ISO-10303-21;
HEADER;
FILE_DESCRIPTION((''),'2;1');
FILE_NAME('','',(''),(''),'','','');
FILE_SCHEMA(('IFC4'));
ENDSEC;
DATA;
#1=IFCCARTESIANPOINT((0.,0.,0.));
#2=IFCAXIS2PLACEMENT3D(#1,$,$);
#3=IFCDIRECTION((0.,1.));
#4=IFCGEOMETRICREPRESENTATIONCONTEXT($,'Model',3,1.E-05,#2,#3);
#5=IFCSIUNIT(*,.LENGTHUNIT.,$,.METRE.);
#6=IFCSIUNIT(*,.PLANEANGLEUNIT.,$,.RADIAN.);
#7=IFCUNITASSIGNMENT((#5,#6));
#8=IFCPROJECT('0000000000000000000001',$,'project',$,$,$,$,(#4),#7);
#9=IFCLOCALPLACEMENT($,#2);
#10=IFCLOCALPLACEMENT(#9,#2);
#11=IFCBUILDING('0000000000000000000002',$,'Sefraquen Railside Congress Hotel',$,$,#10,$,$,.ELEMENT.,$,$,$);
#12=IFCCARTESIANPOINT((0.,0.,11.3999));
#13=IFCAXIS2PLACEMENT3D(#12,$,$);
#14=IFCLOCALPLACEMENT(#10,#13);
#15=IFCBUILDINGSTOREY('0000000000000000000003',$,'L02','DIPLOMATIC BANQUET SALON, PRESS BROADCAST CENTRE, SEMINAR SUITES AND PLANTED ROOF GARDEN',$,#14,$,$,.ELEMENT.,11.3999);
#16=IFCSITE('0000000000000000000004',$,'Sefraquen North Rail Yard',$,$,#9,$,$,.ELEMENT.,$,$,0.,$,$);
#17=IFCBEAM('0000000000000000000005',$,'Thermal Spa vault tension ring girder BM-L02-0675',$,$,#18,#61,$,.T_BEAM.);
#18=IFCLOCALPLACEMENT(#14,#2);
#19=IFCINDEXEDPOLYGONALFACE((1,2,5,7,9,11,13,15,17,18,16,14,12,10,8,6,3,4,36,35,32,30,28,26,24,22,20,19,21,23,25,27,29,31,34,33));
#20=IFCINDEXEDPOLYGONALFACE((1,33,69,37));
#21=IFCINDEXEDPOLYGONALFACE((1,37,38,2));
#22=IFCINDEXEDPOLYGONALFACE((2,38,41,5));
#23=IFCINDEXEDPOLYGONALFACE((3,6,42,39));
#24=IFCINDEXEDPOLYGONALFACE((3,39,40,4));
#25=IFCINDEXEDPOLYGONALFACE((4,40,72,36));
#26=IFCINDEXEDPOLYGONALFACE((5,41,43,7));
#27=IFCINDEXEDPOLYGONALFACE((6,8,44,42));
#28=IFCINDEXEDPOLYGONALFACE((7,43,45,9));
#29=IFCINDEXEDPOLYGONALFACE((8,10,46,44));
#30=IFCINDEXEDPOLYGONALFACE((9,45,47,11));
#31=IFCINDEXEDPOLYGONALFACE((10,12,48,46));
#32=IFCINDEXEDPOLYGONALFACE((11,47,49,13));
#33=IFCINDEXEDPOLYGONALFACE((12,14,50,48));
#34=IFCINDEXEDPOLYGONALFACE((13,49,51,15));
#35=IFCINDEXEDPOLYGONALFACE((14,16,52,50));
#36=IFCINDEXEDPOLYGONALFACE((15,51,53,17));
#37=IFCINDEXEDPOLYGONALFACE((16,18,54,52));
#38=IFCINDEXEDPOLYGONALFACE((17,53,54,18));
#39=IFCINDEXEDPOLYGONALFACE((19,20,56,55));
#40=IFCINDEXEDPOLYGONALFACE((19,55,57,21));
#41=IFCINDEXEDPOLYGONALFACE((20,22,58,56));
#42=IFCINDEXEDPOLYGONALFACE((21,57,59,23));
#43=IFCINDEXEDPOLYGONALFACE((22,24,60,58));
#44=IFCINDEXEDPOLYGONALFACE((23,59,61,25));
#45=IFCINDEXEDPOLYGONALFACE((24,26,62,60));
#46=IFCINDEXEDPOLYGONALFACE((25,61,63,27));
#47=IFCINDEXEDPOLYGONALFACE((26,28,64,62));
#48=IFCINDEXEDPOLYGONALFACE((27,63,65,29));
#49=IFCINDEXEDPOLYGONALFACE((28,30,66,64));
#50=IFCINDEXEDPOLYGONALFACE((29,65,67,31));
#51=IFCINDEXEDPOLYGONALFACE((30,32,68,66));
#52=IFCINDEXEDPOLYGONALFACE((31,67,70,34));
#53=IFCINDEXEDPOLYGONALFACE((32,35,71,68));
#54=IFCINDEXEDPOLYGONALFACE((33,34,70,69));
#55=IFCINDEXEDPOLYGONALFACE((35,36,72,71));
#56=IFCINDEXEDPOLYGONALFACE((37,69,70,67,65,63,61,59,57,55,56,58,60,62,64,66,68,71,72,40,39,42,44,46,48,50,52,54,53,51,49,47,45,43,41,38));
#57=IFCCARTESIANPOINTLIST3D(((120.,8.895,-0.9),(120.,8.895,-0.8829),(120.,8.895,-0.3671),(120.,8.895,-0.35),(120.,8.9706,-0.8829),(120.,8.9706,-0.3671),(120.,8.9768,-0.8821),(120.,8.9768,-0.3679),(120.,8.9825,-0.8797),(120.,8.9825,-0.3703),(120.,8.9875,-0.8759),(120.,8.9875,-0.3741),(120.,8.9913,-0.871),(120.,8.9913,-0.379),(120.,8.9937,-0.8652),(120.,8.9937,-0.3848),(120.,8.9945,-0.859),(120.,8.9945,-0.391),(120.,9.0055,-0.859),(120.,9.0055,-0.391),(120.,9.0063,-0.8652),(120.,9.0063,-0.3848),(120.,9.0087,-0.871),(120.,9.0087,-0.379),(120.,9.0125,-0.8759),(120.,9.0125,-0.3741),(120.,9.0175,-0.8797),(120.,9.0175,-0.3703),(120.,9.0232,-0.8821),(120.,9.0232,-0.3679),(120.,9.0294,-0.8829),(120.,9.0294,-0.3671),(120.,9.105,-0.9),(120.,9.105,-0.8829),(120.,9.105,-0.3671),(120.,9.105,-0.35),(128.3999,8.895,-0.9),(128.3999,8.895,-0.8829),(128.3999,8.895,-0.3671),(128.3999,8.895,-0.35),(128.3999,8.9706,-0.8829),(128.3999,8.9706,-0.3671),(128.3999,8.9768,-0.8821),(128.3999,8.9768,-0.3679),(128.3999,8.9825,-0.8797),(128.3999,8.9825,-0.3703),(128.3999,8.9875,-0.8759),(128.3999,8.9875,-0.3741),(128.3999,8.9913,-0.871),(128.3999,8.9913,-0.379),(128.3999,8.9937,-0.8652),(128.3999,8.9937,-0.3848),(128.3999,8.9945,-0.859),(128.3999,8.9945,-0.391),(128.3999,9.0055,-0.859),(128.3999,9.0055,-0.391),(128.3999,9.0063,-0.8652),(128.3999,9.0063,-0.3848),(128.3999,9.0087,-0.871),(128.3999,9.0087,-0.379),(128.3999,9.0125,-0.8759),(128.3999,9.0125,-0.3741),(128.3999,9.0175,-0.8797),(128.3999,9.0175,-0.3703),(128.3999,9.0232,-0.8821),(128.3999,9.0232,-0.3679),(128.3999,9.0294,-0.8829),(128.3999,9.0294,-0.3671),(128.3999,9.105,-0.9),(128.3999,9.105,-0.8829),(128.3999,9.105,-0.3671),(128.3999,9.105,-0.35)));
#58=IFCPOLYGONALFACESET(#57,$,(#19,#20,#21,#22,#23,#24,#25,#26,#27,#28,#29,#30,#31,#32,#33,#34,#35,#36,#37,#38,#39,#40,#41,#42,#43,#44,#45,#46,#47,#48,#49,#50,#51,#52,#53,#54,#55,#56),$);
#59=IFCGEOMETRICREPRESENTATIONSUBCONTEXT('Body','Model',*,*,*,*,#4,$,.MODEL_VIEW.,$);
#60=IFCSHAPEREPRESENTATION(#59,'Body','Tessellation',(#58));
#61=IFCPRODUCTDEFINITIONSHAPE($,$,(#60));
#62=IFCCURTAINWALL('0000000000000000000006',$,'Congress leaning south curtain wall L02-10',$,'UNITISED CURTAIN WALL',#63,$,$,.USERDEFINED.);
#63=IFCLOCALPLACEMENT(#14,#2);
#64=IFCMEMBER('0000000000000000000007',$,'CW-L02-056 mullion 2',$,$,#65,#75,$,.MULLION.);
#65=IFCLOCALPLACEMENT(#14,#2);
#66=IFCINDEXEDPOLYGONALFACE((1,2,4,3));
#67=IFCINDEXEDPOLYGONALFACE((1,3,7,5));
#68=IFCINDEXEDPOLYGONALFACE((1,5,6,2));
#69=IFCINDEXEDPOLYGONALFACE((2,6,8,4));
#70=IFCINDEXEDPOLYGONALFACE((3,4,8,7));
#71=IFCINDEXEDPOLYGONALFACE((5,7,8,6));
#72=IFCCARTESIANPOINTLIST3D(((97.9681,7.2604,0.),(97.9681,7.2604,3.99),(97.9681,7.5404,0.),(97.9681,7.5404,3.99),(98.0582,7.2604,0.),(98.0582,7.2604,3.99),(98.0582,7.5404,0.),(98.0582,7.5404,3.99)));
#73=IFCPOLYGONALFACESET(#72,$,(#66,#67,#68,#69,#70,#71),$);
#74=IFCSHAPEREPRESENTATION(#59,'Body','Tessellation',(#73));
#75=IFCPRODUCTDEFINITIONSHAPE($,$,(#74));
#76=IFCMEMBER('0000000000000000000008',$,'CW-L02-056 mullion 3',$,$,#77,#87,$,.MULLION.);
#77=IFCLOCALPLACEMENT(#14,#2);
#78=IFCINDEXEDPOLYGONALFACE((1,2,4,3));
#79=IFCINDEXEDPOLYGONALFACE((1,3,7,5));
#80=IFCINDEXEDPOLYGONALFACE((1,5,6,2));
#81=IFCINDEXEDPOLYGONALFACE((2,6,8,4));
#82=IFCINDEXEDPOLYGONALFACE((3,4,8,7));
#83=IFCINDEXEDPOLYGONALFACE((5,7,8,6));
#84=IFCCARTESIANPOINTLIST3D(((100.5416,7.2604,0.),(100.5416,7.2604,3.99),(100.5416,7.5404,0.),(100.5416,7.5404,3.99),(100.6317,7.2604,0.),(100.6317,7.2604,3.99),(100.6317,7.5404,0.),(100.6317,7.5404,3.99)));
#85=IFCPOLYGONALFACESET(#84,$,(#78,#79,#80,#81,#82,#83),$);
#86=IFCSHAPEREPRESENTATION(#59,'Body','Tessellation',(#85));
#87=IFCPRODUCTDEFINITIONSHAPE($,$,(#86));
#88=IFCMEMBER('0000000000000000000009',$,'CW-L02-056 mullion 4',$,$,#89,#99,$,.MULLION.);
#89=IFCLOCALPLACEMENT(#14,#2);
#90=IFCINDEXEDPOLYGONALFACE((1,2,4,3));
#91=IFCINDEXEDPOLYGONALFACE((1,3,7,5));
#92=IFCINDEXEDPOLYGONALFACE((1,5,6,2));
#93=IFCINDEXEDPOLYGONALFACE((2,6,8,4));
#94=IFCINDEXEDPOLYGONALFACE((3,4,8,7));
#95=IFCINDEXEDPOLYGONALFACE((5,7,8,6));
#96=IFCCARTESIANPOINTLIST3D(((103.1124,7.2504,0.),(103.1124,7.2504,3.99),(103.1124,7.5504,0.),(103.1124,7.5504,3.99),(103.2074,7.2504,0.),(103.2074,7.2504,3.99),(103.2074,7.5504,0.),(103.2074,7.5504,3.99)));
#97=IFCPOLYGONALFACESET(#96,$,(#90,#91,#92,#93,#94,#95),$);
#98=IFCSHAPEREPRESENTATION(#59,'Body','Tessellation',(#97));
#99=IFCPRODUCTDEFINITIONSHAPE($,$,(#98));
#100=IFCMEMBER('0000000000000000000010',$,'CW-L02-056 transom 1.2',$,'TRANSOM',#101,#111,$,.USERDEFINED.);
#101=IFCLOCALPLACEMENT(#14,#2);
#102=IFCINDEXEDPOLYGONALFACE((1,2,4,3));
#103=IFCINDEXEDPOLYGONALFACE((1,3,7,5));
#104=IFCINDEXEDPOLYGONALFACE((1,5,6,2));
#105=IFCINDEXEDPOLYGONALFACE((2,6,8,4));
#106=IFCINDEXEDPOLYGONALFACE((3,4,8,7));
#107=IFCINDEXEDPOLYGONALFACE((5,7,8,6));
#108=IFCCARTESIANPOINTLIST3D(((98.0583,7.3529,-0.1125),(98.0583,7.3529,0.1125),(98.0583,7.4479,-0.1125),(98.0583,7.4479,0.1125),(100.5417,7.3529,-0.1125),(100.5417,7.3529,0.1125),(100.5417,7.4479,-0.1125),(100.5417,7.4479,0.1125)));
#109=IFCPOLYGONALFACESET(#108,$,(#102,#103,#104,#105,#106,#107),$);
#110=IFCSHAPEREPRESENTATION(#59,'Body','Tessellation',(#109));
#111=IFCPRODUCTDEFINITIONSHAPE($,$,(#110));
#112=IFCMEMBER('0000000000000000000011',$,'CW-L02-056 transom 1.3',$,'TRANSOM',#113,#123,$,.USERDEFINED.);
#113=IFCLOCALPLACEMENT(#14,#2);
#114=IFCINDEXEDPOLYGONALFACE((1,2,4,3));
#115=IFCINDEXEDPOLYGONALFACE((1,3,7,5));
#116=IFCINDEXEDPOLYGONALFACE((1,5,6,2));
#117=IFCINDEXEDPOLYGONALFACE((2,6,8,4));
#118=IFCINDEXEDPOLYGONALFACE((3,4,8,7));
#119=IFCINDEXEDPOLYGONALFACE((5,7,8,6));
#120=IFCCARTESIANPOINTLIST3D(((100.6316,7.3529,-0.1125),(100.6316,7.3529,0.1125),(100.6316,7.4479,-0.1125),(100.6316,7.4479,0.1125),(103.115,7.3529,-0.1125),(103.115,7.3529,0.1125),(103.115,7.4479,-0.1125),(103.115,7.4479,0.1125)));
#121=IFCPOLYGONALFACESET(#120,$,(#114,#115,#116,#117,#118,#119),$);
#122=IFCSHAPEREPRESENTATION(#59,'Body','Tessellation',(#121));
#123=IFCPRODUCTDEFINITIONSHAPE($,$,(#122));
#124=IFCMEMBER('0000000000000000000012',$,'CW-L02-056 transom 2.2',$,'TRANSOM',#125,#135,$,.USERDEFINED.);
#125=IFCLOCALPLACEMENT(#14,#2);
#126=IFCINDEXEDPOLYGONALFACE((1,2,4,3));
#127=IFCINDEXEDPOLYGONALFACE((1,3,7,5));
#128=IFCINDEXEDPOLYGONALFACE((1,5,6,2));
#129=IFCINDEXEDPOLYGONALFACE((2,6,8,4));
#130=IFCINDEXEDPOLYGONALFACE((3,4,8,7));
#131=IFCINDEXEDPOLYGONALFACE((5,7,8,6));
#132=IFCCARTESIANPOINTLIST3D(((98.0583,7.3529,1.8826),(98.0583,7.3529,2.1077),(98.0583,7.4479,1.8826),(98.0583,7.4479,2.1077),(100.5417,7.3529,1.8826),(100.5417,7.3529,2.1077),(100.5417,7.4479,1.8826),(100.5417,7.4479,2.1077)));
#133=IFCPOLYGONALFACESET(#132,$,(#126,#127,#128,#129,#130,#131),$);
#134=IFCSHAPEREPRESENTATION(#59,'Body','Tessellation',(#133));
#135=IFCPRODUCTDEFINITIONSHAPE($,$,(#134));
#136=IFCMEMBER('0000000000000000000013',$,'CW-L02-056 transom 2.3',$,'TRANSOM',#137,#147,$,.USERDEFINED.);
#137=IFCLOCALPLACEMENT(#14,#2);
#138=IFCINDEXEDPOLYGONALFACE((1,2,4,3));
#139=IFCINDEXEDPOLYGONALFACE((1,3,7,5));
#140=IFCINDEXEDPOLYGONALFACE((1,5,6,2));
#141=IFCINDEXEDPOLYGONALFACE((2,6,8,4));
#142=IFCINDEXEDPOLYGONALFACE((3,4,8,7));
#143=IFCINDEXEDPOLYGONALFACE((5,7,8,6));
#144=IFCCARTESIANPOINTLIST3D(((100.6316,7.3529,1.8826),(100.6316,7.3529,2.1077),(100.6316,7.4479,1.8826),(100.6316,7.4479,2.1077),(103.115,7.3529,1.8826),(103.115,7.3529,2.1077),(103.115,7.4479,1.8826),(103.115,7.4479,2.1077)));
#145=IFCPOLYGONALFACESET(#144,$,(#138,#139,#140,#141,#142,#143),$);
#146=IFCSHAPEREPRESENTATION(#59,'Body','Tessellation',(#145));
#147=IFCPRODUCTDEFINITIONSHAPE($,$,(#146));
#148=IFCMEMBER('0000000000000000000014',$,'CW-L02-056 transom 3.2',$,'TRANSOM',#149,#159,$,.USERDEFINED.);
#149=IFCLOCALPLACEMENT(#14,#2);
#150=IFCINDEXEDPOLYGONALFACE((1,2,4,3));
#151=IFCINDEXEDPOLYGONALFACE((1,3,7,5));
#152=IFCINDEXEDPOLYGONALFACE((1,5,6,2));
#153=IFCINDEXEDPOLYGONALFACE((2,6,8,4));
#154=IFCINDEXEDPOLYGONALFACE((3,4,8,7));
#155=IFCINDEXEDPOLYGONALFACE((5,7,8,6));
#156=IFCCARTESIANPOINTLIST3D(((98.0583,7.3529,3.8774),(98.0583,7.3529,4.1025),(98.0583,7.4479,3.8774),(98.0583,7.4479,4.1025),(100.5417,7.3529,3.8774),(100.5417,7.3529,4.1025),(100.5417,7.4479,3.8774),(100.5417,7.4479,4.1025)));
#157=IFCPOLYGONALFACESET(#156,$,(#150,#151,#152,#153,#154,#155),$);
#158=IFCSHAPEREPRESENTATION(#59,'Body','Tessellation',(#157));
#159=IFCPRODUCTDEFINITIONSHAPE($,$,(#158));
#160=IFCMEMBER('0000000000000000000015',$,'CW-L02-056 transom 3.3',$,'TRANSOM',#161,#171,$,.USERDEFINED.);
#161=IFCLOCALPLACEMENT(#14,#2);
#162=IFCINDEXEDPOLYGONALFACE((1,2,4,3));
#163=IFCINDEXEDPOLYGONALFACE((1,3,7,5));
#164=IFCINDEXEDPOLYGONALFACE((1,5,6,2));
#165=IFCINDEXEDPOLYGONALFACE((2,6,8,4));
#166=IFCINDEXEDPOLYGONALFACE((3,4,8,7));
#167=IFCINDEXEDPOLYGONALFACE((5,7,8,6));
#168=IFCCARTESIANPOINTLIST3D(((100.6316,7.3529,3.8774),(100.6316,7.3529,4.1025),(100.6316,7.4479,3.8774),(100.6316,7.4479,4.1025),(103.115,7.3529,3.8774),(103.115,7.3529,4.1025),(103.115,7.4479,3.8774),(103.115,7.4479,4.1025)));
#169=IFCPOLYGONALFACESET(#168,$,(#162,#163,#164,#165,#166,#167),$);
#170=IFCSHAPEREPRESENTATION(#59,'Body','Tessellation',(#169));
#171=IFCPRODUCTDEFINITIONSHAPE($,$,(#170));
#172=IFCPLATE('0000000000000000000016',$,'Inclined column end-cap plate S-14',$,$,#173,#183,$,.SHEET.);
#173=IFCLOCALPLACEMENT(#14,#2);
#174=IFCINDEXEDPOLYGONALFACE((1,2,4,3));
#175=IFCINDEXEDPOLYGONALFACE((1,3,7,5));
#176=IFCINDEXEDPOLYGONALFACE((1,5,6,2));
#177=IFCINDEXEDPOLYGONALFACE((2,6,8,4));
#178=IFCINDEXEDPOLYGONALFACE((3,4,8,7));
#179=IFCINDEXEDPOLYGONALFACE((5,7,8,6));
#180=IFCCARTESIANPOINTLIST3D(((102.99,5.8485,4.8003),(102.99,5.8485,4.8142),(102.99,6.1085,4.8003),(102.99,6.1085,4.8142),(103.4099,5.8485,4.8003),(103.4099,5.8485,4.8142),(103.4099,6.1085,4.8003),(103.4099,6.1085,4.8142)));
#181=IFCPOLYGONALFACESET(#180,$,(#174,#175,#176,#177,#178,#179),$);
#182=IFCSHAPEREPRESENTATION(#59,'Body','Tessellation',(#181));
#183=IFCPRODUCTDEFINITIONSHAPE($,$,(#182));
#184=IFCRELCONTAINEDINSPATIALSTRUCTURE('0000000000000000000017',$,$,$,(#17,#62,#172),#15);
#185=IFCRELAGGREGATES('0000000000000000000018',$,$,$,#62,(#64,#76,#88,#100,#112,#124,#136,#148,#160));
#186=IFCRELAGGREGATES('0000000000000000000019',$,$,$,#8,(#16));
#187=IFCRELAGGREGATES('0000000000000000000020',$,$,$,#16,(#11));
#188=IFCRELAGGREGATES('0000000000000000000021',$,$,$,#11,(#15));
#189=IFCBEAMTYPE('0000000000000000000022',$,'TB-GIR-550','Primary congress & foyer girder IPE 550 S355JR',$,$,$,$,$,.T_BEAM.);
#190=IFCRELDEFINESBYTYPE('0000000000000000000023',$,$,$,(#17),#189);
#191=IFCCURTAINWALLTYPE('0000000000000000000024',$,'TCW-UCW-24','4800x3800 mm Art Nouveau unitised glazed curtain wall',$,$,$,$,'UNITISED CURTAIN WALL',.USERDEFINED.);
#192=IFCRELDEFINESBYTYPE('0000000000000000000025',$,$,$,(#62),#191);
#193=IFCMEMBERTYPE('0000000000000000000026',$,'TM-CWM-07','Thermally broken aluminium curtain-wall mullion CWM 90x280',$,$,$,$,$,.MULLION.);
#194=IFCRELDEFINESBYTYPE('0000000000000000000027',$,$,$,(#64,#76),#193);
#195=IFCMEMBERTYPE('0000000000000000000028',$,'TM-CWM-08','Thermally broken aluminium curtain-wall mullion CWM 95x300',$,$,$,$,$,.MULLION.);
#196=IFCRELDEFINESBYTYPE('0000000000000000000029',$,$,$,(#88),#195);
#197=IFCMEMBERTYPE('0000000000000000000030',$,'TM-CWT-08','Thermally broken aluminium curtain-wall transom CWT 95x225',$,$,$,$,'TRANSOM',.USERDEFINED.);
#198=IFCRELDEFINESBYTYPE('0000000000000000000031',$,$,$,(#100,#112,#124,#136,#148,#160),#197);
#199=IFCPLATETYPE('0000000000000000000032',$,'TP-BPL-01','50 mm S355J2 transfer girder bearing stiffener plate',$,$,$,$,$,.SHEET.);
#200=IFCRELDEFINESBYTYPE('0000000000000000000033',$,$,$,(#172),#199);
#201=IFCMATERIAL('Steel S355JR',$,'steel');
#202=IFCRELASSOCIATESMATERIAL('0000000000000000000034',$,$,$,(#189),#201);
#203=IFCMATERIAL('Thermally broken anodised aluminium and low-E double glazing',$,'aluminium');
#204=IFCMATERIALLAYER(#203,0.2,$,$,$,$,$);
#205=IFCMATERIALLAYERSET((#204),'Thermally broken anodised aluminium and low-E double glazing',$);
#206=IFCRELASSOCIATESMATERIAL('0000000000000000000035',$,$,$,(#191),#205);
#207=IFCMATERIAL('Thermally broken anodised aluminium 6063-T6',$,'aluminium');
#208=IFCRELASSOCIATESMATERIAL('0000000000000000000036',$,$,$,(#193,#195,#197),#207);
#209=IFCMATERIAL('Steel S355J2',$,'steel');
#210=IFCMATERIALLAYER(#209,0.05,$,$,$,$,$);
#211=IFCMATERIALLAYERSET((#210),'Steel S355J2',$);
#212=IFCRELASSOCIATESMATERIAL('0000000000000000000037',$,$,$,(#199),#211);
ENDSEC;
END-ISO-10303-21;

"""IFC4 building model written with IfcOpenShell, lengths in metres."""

from ifc_helpers import new_model, si_unit, direction, frame, origin, origin_2d, place, context, subcontext, project, spatial, rectangle, i_section, extrude, material, layer, layer_set, material_profile, profile_set, type_object, element, aggregate, save


model = new_model("IFC4")

# Units and contexts
model_context = context("Model", 3, precision=1e-05, world=origin(), true_north=direction((0.0, 1.0)))
body_context = subcontext(model_context, "Body", "Model", "MODEL_VIEW")
ifc_project = project(units=[si_unit("LENGTHUNIT", "METRE"), si_unit("PLANEANGLEUNIT", "RADIAN")], contexts=[model_context])

# Site, building, storey
site_placement = place(None, origin())
site = spatial("IfcSite", under=ifc_project, at=site_placement, Name="Sefraquen North Rail Yard", CompositionType="ELEMENT", RefElevation=0.0)
building_placement = place(site_placement, origin())
building = spatial("IfcBuilding", under=site, at=building_placement, Name="Sefraquen Railside Congress Hotel", CompositionType="ELEMENT")
storey_placement = place(building_placement, frame((0.0, 0.0, 11.3999)))
storey = spatial("IfcBuildingStorey", under=building, at=storey_placement, Name="L02", Description="DIPLOMATIC BANQUET SALON, PRESS BROADCAST CENTRE, SEMINAR SUITES AND PLANTED ROOF GARDEN", CompositionType="ELEMENT", Elevation=11.3999)

# Shared definitions
ifc_material_1 = material(Name="Steel S355JR", Category="steel")
ifc_material_2 = material(Name="Steel S355J2", Category="steel")

# Beam
ifc_material_profile_1 = material_profile(ifc_material_1, i_section(OverallWidth=0.21, OverallDepth=0.55, WebThickness=0.011, FlangeThickness=0.0171, FilletRadius=0.0239, at=origin_2d()), Name="IPE 550")
ifc_profile_set_1 = profile_set([ifc_material_profile_1], Name="Steel S355JR")
beam_type_1 = type_object("IfcBeamType", Name="TB-GIR-550", Description="Primary congress & foyer girder IPE 550 S355JR", PredefinedType="T_BEAM", material=ifc_profile_set_1)
beam_1_placement = place(storey_placement, frame((120.0, 9.0, -0.625), z_axis=(1.0, 0.0, 0.0), x_axis=(0.0, 1.0, 0.0)))
element("IfcBeam", 1, at=beam_1_placement, inside=storey, type_object=beam_type_1, Name="Thermal Spa vault tension ring girder BM-L02-0675", PredefinedType="T_BEAM", context=body_context, shape_type="SweptSolid", body=[
    extrude(i_section(OverallWidth=0.21, OverallDepth=0.55, WebThickness=0.011, FlangeThickness=0.0171, FilletRadius=0.0239, at=origin_2d()), origin(), (0.0, 0.0, 1.0), 8.3999),
])

# Curtain wall, members
ifc_material_3 = material(Name="Thermally broken anodised aluminium and low-E double glazing", Category="aluminium")
ifc_layer_1 = layer(ifc_material_3, 0.2)
ifc_layer_set_1 = layer_set([ifc_layer_1], Name="Thermally broken anodised aluminium and low-E double glazing")
curtain_wall_type = type_object("IfcCurtainWallType", Name="TCW-UCW-24", Description="4800x3800 mm Art Nouveau unitised glazed curtain wall", ElementType="UNITISED CURTAIN WALL", PredefinedType="USERDEFINED", material=ifc_layer_set_1)
curtain_wall_placement = place(storey_placement, origin())
curtain_wall = element("IfcCurtainWall", 2, at=curtain_wall_placement, inside=storey, type_object=curtain_wall_type, Name="Congress leaning south curtain wall L02-10", ObjectType="UNITISED CURTAIN WALL", PredefinedType="USERDEFINED")
ifc_material_4 = material(Name="Thermally broken anodised aluminium 6063-T6", Category="aluminium")
ifc_material_profile_2 = material_profile(ifc_material_4, rectangle(XDim=0.0901, YDim=0.28, at=origin_2d()), Name="CWM 90x280")
ifc_profile_set_2 = profile_set([ifc_material_profile_2], Name="Thermally broken anodised aluminium 6063-T6")
member_type_1 = type_object("IfcMemberType", Name="TM-CWM-07", Description="Thermally broken aluminium curtain-wall mullion CWM 90x280", PredefinedType="MULLION", material=ifc_profile_set_2)
member_1_placement = place(storey_placement, frame((98.0132, 7.4004, 0.0), z_axis=(0.0, 0.0, 1.0), x_axis=(1.0, 0.0, 0.0)))
member_1 = element("IfcMember", 3, at=member_1_placement, type_object=member_type_1, Name="CW-L02-056 mullion 2", PredefinedType="MULLION", context=body_context, shape_type="SweptSolid", body=[
    extrude(rectangle(XDim=0.0901, YDim=0.28, at=origin_2d()), origin(), (0.0, 0.0, 1.0), 3.99),
])
member_2_placement = place(storey_placement, frame((100.5867, 7.4004, 0.0), z_axis=(0.0, 0.0, 1.0), x_axis=(1.0, 0.0, 0.0)))
member_2 = element("IfcMember", 4, at=member_2_placement, type_object=member_type_1, Name="CW-L02-056 mullion 3", PredefinedType="MULLION", context=body_context, shape_type="SweptSolid", body=[
    extrude(rectangle(XDim=0.0901, YDim=0.28, at=origin_2d()), origin(), (0.0, 0.0, 1.0), 3.99),
])
ifc_material_profile_3 = material_profile(ifc_material_4, rectangle(XDim=0.095, YDim=0.3, at=origin_2d()), Name="CWM 95x300")
ifc_profile_set_3 = profile_set([ifc_material_profile_3], Name="Thermally broken anodised aluminium 6063-T6")
member_type_2 = type_object("IfcMemberType", Name="TM-CWM-08", Description="Thermally broken aluminium curtain-wall mullion CWM 95x300", PredefinedType="MULLION", material=ifc_profile_set_3)
member_3_placement = place(storey_placement, frame((103.1599, 7.4004, 0.0), z_axis=(0.0, 0.0, 1.0), x_axis=(1.0, 0.0, 0.0)))
member_3 = element("IfcMember", 5, at=member_3_placement, type_object=member_type_2, Name="CW-L02-056 mullion 4", PredefinedType="MULLION", context=body_context, shape_type="SweptSolid", body=[
    extrude(rectangle(XDim=0.095, YDim=0.3, at=origin_2d()), origin(), (0.0, 0.0, 1.0), 3.99),
])
ifc_material_profile_4 = material_profile(ifc_material_4, rectangle(XDim=0.095, YDim=0.2251, at=origin_2d()), Name="CWT 95x225")
ifc_profile_set_4 = profile_set([ifc_material_profile_4], Name="Thermally broken anodised aluminium 6063-T6")
member_type_3 = type_object("IfcMemberType", Name="TM-CWT-08", Description="Thermally broken aluminium curtain-wall transom CWT 95x225", ElementType="TRANSOM", PredefinedType="USERDEFINED", material=ifc_profile_set_4)
member_4_placement = place(storey_placement, frame((98.0583, 7.4004, 0.0), z_axis=(1.0, 0.0, 0.0), x_axis=(0.0, 1.0, 0.0)))
member_4 = element("IfcMember", 6, at=member_4_placement, type_object=member_type_3, Name="CW-L02-056 transom 1.2", ObjectType="TRANSOM", PredefinedType="USERDEFINED", context=body_context, shape_type="SweptSolid", body=[
    extrude(rectangle(XDim=0.095, YDim=0.2251, at=origin_2d()), origin(), (0.0, 0.0, 1.0), 2.4834),
])
member_5_placement = place(storey_placement, frame((100.6316, 7.4004, 0.0), z_axis=(1.0, 0.0, 0.0), x_axis=(0.0, 1.0, 0.0)))
member_5 = element("IfcMember", 7, at=member_5_placement, type_object=member_type_3, Name="CW-L02-056 transom 1.3", ObjectType="TRANSOM", PredefinedType="USERDEFINED", context=body_context, shape_type="SweptSolid", body=[
    extrude(rectangle(XDim=0.095, YDim=0.2251, at=origin_2d()), origin(), (0.0, 0.0, 1.0), 2.4834),
])
member_6_placement = place(storey_placement, frame((98.0583, 7.4004, 1.9951), z_axis=(1.0, 0.0, 0.0), x_axis=(0.0, 1.0, 0.0)))
member_6 = element("IfcMember", 8, at=member_6_placement, type_object=member_type_3, Name="CW-L02-056 transom 2.2", ObjectType="TRANSOM", PredefinedType="USERDEFINED", context=body_context, shape_type="SweptSolid", body=[
    extrude(rectangle(XDim=0.095, YDim=0.2251, at=origin_2d()), origin(), (0.0, 0.0, 1.0), 2.4834),
])
member_7_placement = place(storey_placement, frame((100.6316, 7.4004, 1.9951), z_axis=(1.0, 0.0, 0.0), x_axis=(0.0, 1.0, 0.0)))
member_7 = element("IfcMember", 9, at=member_7_placement, type_object=member_type_3, Name="CW-L02-056 transom 2.3", ObjectType="TRANSOM", PredefinedType="USERDEFINED", context=body_context, shape_type="SweptSolid", body=[
    extrude(rectangle(XDim=0.095, YDim=0.2251, at=origin_2d()), origin(), (0.0, 0.0, 1.0), 2.4834),
])
member_8_placement = place(storey_placement, frame((98.0583, 7.4004, 3.99), z_axis=(1.0, 0.0, 0.0), x_axis=(0.0, 1.0, 0.0)))
member_8 = element("IfcMember", 10, at=member_8_placement, type_object=member_type_3, Name="CW-L02-056 transom 3.2", ObjectType="TRANSOM", PredefinedType="USERDEFINED", context=body_context, shape_type="SweptSolid", body=[
    extrude(rectangle(XDim=0.095, YDim=0.2251, at=origin_2d()), origin(), (0.0, 0.0, 1.0), 2.4834),
])
member_9_placement = place(storey_placement, frame((100.6316, 7.4004, 3.99), z_axis=(1.0, 0.0, 0.0), x_axis=(0.0, 1.0, 0.0)))
member_9 = element("IfcMember", 11, at=member_9_placement, type_object=member_type_3, Name="CW-L02-056 transom 3.3", ObjectType="TRANSOM", PredefinedType="USERDEFINED", context=body_context, shape_type="SweptSolid", body=[
    extrude(rectangle(XDim=0.095, YDim=0.2251, at=origin_2d()), origin(), (0.0, 0.0, 1.0), 2.4834),
])

# Plate
ifc_layer_2 = layer(ifc_material_2, 0.05)
ifc_layer_set_2 = layer_set([ifc_layer_2], Name="Steel S355J2")
plate_type_1 = type_object("IfcPlateType", Name="TP-BPL-01", Description="50 mm S355J2 transfer girder bearing stiffener plate", PredefinedType="SHEET", material=ifc_layer_set_2)
plate_1_placement = place(storey_placement, frame((103.2, 5.9785, 4.8003), z_axis=(0.0, 0.0, 1.0), x_axis=(1.0, 0.0, 0.0)))
element("IfcPlate", 12, at=plate_1_placement, inside=storey, type_object=plate_type_1, Name="Inclined column end-cap plate S-14", PredefinedType="SHEET", context=body_context, shape_type="SweptSolid", body=[
    extrude(rectangle(XDim=0.4199, YDim=0.26, at=origin_2d()), origin(), (0.0, 0.0, 1.0), 0.0139),
])
aggregate(curtain_wall, [member_1, member_2, member_3, member_4, member_5, member_6, member_7, member_8, member_9])

save(model, "model.ifc")
